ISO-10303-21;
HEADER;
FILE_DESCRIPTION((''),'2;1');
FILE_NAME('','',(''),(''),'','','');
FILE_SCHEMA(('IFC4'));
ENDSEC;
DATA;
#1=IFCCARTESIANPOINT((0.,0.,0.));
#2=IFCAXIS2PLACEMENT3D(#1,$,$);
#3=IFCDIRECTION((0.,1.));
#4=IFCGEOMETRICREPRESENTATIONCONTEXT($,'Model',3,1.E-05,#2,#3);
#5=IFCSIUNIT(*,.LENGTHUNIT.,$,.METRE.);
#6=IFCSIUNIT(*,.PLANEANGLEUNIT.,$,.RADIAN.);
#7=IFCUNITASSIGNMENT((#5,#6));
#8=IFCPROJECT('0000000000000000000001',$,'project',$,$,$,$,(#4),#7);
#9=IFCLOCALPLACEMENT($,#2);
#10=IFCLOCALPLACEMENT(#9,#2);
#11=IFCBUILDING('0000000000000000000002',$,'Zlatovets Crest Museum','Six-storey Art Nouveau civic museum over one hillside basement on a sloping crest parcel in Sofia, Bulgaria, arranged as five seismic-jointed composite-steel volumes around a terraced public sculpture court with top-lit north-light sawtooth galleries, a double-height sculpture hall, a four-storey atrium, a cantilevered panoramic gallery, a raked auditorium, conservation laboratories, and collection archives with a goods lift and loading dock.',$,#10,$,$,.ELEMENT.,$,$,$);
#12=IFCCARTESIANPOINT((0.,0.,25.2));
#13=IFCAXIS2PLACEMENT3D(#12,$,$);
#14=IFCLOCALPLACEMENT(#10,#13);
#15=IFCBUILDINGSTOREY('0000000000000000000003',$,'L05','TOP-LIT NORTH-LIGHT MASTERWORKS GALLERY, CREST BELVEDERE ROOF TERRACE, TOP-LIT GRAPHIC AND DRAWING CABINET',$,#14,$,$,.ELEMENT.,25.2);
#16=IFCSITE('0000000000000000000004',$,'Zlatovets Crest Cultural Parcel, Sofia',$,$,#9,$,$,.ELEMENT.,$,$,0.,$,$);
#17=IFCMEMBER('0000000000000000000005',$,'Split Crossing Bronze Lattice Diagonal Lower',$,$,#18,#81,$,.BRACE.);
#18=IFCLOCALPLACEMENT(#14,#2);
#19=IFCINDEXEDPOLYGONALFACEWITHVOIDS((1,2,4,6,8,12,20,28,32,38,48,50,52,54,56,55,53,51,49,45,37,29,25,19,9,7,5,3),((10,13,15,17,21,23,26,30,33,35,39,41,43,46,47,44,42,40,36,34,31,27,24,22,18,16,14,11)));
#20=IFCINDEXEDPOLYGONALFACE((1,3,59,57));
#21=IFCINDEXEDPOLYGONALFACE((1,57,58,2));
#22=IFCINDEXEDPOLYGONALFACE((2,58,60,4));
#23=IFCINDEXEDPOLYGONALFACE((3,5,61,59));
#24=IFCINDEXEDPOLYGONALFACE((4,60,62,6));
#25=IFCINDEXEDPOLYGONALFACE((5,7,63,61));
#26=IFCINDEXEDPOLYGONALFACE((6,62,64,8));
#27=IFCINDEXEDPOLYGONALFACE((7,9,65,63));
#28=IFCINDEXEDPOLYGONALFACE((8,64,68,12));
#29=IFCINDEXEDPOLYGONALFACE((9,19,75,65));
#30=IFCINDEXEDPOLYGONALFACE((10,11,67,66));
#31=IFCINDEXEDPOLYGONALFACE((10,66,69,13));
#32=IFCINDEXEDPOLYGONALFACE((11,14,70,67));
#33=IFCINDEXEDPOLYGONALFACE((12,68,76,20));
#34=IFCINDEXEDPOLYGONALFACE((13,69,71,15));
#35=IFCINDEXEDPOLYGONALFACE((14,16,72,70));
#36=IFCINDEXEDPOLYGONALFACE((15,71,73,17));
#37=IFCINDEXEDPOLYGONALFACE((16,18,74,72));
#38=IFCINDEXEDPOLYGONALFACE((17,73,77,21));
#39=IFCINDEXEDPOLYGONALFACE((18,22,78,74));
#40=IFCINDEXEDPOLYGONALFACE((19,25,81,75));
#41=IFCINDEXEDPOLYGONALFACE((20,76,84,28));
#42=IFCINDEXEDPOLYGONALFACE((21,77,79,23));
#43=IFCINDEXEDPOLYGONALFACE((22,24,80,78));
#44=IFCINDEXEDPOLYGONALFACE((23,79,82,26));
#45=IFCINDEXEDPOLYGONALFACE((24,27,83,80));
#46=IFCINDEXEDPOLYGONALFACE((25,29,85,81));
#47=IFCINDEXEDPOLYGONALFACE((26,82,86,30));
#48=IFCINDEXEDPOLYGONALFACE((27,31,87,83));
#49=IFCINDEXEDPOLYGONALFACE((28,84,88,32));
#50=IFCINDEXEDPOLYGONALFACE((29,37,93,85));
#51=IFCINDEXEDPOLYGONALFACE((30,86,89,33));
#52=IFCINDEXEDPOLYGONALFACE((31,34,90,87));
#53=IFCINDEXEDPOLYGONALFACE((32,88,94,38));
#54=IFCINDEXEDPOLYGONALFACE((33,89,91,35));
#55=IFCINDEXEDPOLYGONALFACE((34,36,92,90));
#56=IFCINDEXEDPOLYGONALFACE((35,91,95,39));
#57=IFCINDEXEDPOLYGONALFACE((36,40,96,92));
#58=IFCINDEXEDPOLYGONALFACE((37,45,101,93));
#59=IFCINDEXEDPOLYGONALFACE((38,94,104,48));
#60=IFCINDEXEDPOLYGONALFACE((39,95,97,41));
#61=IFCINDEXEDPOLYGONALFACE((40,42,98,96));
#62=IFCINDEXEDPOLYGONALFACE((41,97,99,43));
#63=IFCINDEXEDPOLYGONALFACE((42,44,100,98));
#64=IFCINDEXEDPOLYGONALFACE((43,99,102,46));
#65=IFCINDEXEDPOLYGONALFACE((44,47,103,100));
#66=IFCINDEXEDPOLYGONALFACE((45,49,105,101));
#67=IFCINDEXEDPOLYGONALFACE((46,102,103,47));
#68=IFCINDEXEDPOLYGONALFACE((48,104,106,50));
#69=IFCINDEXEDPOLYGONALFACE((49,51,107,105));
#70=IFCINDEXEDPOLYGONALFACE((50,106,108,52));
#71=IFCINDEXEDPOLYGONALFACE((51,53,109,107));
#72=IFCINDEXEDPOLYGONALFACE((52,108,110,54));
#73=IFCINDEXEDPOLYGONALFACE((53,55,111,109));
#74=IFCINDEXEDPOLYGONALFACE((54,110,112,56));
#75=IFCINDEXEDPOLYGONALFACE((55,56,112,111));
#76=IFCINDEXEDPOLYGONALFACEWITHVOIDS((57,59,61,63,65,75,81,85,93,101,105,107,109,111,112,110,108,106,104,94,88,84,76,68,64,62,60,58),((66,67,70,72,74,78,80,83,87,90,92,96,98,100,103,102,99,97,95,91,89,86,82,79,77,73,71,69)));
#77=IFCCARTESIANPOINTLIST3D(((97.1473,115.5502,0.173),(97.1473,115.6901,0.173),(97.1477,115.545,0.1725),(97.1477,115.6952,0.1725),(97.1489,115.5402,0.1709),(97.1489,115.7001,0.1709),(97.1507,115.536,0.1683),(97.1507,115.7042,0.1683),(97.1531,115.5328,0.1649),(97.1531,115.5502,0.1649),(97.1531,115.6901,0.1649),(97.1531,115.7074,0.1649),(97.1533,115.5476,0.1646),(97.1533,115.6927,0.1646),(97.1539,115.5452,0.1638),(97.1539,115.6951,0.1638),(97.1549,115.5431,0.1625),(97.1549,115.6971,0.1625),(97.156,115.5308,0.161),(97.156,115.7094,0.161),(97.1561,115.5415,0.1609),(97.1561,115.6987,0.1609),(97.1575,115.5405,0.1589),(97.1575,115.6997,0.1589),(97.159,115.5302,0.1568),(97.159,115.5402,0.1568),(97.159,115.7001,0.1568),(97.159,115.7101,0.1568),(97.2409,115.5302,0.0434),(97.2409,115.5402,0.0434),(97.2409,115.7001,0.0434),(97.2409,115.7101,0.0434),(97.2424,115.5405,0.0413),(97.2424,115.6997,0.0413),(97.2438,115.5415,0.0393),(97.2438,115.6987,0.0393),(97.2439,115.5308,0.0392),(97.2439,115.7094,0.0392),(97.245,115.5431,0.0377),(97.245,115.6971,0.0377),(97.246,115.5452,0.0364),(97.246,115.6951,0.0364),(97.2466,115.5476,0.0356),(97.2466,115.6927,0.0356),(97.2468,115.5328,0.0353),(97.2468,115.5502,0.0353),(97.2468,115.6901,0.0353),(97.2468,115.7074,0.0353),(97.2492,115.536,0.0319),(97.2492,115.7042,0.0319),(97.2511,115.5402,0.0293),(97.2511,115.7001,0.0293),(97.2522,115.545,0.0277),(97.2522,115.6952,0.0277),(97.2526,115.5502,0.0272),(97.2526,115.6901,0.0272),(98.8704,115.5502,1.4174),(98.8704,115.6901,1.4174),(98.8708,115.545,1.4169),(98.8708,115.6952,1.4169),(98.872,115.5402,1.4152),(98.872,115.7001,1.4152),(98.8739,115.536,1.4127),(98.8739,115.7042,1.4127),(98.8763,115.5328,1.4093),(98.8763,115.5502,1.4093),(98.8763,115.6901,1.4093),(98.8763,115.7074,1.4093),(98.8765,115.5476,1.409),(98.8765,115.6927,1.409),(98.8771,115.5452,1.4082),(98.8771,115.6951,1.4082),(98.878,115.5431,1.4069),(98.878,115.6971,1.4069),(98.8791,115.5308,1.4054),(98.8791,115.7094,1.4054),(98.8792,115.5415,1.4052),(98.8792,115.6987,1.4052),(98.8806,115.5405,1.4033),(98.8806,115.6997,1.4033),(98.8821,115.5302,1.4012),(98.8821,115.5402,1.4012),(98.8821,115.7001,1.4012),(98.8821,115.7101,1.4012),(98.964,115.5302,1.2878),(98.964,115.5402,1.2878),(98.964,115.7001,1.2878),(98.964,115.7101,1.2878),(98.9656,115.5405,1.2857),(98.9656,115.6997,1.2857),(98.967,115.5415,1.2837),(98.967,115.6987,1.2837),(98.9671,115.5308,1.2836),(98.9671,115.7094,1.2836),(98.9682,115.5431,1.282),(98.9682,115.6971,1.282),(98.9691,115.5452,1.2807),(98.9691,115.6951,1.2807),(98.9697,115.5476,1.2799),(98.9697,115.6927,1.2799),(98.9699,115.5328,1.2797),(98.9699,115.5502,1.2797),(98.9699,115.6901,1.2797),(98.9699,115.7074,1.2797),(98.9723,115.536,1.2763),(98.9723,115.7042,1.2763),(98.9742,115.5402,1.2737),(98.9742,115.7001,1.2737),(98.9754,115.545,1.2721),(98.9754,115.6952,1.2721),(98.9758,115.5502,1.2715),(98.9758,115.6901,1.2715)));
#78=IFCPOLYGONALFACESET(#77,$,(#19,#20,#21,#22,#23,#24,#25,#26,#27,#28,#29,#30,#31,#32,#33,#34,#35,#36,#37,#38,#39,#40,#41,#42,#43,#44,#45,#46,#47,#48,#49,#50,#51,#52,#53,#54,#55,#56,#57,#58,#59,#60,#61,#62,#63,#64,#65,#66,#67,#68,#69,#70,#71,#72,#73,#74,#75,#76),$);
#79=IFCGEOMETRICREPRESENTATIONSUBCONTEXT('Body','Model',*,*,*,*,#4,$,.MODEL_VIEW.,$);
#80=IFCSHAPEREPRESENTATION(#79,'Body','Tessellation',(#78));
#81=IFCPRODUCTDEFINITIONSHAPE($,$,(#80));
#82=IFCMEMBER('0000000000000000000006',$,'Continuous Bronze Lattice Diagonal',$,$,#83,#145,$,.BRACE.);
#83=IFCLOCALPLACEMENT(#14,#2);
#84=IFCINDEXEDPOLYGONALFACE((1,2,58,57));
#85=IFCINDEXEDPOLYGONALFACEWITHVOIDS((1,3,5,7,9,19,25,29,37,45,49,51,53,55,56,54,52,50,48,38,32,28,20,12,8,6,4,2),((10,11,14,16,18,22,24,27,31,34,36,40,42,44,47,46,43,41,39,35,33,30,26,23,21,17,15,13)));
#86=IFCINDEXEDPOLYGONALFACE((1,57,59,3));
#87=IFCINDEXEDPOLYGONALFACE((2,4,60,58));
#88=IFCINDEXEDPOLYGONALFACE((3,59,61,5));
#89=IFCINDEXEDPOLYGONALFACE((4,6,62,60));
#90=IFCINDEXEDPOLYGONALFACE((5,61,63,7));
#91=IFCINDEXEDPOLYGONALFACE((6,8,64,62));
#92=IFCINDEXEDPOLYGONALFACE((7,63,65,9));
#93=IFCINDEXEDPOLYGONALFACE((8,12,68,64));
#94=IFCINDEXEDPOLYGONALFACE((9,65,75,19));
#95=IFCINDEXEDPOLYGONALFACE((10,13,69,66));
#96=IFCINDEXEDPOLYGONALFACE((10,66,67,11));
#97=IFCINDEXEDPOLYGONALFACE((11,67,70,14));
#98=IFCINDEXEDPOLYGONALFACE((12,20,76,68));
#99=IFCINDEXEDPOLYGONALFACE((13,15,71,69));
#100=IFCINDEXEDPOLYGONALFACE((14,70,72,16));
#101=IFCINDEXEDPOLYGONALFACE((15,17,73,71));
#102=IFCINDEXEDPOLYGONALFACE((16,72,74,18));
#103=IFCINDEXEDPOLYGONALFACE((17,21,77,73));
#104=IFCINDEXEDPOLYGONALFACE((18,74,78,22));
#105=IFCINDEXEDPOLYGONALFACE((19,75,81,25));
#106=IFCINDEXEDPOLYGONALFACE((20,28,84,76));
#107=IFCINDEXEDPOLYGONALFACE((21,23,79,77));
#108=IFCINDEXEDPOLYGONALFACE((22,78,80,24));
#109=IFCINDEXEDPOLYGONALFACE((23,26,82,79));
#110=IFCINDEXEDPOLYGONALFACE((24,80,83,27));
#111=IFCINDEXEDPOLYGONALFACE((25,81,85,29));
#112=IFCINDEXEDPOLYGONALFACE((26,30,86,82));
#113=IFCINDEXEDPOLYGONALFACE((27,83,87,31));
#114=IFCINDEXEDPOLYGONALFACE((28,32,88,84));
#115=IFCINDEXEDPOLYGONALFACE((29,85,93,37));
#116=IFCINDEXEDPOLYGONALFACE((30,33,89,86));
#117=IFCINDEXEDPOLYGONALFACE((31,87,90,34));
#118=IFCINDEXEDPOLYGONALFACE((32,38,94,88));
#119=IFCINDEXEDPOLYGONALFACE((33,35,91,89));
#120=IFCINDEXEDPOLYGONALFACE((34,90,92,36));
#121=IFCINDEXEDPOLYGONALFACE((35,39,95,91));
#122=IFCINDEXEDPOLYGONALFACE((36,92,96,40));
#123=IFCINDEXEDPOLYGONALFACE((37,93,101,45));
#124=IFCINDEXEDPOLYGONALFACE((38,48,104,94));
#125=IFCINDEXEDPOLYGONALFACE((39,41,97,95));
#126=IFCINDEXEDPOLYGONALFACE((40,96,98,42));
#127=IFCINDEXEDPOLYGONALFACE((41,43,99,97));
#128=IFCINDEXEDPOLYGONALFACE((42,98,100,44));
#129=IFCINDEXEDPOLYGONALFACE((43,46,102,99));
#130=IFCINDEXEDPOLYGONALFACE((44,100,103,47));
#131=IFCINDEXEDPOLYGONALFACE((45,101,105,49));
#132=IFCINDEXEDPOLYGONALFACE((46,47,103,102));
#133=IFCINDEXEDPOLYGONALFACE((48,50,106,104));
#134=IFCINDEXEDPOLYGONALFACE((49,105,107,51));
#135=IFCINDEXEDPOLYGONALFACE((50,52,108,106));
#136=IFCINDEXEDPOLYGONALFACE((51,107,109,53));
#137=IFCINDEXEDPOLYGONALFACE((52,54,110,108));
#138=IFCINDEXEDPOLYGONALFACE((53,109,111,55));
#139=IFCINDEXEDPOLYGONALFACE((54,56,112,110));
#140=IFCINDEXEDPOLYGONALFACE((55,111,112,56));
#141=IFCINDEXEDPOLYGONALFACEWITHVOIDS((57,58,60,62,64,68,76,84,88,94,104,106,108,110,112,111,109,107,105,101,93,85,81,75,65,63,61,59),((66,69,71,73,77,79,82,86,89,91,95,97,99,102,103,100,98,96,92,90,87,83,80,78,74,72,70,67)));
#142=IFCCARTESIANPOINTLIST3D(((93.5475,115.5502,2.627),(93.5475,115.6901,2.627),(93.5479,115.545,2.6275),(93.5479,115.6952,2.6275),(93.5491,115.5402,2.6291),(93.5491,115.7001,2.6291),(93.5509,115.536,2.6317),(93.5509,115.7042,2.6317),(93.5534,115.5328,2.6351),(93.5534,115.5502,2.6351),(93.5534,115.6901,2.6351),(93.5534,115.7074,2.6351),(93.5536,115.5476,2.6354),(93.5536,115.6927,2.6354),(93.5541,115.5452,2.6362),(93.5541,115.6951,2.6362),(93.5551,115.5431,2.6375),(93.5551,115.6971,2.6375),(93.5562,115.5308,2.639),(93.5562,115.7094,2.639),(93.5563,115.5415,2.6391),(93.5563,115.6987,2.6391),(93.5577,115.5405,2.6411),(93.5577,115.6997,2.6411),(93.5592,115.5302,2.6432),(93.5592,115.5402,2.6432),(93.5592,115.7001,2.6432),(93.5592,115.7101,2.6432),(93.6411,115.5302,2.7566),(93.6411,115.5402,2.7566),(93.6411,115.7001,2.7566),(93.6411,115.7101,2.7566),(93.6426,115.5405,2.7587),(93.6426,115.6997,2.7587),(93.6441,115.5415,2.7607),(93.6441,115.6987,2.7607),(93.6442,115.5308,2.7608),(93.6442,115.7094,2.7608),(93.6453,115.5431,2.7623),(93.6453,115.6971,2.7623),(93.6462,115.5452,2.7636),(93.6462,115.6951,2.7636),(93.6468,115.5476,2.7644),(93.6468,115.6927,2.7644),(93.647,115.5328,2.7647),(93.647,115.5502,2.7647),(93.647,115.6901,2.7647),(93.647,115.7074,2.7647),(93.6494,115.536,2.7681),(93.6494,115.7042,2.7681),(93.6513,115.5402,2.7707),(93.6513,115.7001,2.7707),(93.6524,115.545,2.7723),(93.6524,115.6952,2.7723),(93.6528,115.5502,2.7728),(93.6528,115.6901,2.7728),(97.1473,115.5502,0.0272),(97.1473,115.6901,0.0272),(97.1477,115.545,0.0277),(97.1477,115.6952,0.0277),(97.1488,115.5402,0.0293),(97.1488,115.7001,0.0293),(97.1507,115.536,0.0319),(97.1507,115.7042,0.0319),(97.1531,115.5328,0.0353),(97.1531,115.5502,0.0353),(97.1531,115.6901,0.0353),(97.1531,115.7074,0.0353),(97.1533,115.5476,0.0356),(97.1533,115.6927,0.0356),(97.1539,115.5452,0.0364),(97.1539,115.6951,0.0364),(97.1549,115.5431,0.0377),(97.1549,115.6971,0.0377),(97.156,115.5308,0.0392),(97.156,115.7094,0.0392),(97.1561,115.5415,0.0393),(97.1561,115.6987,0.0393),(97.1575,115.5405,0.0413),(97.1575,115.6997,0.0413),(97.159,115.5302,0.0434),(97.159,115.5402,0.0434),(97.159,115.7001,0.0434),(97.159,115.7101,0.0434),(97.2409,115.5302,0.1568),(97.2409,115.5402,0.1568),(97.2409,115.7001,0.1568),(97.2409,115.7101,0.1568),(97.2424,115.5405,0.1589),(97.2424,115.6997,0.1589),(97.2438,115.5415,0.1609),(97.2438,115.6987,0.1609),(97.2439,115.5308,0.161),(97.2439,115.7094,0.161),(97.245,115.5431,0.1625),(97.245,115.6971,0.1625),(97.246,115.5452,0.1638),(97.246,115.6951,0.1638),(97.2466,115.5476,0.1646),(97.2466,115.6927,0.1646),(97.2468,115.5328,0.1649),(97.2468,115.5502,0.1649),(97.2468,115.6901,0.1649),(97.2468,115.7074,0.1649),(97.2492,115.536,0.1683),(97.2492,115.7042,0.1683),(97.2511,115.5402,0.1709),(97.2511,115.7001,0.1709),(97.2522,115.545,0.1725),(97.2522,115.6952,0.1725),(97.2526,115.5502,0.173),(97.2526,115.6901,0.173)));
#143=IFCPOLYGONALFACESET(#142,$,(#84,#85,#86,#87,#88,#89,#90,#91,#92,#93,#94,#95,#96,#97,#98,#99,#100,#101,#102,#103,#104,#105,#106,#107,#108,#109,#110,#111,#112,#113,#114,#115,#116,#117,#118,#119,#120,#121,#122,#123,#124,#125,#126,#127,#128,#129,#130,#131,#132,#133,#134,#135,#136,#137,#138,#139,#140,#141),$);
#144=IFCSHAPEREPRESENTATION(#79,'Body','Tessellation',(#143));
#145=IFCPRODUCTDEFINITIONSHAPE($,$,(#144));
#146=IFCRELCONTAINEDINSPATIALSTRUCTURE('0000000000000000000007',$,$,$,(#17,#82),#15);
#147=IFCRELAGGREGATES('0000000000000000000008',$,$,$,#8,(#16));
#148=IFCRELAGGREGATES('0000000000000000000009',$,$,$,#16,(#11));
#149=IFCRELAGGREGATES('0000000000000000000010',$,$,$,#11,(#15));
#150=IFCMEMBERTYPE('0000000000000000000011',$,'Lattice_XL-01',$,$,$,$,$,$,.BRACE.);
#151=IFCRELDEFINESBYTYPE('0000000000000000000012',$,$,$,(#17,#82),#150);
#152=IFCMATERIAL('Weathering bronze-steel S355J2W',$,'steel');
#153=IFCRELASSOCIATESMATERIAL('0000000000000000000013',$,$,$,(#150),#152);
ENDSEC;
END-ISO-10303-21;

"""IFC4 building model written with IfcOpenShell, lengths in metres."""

from ifc_helpers import new_model, si_unit, direction, frame, origin, origin_2d, place, context, subcontext, project, spatial, hollow_rectangle, extrude, material, material_profile, profile_set, type_object, element, save


model = new_model("IFC4")

# Units and contexts
model_context = context("Model", 3, precision=1e-05, world=origin(), true_north=direction((0.0, 1.0)))
body_context = subcontext(model_context, "Body", "Model", "MODEL_VIEW")
ifc_project = project(units=[si_unit("LENGTHUNIT", "METRE"), si_unit("PLANEANGLEUNIT", "RADIAN")], contexts=[model_context])

# Site, building, storey
site_placement = place(None, origin())
site = spatial("IfcSite", under=ifc_project, at=site_placement, Name="Zlatovets Crest Cultural Parcel, Sofia", CompositionType="ELEMENT", RefElevation=0.0)
building_placement = place(site_placement, origin())
building = spatial("IfcBuilding", under=site, at=building_placement, Name="Zlatovets Crest Museum", Description="Six-storey Art Nouveau civic museum over one hillside basement on a sloping crest parcel in Sofia, Bulgaria, arranged as five seismic-jointed composite-steel volumes around a terraced public sculpture court with top-lit north-light sawtooth galleries, a double-height sculpture hall, a four-storey atrium, a cantilevered panoramic gallery, a raked auditorium, conservation laboratories, and collection archives with a goods lift and loading dock.", CompositionType="ELEMENT")
storey_placement = place(building_placement, frame((0.0, 0.0, 25.2)))
storey = spatial("IfcBuildingStorey", under=building, at=storey_placement, Name="L05", Description="TOP-LIT NORTH-LIGHT MASTERWORKS GALLERY, CREST BELVEDERE ROOF TERRACE, TOP-LIT GRAPHIC AND DRAWING CABINET", CompositionType="ELEMENT", Elevation=25.2)

# Members
ifc_material_1 = material(Name="Weathering bronze-steel S355J2W", Category="steel")
ifc_material_profile_1 = material_profile(ifc_material_1, hollow_rectangle(XDim=0.1799, YDim=0.1799, WallThickness=0.01, InnerFilletRadius=0.01, OuterFilletRadius=0.02, at=origin_2d()), Name="SHS 180x180x10.0")
ifc_profile_set_1 = profile_set([ifc_material_profile_1], Name="Weathering bronze-steel S355J2W")
member_type_1 = type_object("IfcMemberType", Name="Lattice_XL-01", PredefinedType="BRACE", material=ifc_profile_set_1)
for number, where, z_axis, x_axis, name in (
    (1, (98.9231, 115.6201, 1.3445), (-0.810703, 0.0, -0.585457), (0.0, -1.0, 0.0), "Split Crossing Bronze Lattice Diagonal Lower"),
):
    element("IfcMember", number, at=place(storey_placement, frame(where, z_axis=z_axis, x_axis=x_axis)), inside=storey, type_object=member_type_1, Name=name, PredefinedType="BRACE", context=body_context, shape_type="SweptSolid", body=[
        extrude(hollow_rectangle(XDim=0.1799, YDim=0.1799, WallThickness=0.01, InnerFilletRadius=0.01, OuterFilletRadius=0.02, at=origin_2d()), origin(), (0.0, 0.0, 1.0), 2.1255),
    ])
member_1_placement = place(storey_placement, frame((97.2, 115.6201, 0.1001), z_axis=(-0.810684, 0.0, 0.585485), x_axis=(0.0, -1.0, 0.0)))
element("IfcMember", 2, at=member_1_placement, inside=storey, type_object=member_type_1, Name="Continuous Bronze Lattice Diagonal", PredefinedType="BRACE", context=body_context, shape_type="SweptSolid", body=[
    extrude(hollow_rectangle(XDim=0.1799, YDim=0.1799, WallThickness=0.01, InnerFilletRadius=0.01, OuterFilletRadius=0.02, at=origin_2d()), origin(), (0.0, 0.0, 1.0), 4.4404),
])

save(model, "model.ifc")
